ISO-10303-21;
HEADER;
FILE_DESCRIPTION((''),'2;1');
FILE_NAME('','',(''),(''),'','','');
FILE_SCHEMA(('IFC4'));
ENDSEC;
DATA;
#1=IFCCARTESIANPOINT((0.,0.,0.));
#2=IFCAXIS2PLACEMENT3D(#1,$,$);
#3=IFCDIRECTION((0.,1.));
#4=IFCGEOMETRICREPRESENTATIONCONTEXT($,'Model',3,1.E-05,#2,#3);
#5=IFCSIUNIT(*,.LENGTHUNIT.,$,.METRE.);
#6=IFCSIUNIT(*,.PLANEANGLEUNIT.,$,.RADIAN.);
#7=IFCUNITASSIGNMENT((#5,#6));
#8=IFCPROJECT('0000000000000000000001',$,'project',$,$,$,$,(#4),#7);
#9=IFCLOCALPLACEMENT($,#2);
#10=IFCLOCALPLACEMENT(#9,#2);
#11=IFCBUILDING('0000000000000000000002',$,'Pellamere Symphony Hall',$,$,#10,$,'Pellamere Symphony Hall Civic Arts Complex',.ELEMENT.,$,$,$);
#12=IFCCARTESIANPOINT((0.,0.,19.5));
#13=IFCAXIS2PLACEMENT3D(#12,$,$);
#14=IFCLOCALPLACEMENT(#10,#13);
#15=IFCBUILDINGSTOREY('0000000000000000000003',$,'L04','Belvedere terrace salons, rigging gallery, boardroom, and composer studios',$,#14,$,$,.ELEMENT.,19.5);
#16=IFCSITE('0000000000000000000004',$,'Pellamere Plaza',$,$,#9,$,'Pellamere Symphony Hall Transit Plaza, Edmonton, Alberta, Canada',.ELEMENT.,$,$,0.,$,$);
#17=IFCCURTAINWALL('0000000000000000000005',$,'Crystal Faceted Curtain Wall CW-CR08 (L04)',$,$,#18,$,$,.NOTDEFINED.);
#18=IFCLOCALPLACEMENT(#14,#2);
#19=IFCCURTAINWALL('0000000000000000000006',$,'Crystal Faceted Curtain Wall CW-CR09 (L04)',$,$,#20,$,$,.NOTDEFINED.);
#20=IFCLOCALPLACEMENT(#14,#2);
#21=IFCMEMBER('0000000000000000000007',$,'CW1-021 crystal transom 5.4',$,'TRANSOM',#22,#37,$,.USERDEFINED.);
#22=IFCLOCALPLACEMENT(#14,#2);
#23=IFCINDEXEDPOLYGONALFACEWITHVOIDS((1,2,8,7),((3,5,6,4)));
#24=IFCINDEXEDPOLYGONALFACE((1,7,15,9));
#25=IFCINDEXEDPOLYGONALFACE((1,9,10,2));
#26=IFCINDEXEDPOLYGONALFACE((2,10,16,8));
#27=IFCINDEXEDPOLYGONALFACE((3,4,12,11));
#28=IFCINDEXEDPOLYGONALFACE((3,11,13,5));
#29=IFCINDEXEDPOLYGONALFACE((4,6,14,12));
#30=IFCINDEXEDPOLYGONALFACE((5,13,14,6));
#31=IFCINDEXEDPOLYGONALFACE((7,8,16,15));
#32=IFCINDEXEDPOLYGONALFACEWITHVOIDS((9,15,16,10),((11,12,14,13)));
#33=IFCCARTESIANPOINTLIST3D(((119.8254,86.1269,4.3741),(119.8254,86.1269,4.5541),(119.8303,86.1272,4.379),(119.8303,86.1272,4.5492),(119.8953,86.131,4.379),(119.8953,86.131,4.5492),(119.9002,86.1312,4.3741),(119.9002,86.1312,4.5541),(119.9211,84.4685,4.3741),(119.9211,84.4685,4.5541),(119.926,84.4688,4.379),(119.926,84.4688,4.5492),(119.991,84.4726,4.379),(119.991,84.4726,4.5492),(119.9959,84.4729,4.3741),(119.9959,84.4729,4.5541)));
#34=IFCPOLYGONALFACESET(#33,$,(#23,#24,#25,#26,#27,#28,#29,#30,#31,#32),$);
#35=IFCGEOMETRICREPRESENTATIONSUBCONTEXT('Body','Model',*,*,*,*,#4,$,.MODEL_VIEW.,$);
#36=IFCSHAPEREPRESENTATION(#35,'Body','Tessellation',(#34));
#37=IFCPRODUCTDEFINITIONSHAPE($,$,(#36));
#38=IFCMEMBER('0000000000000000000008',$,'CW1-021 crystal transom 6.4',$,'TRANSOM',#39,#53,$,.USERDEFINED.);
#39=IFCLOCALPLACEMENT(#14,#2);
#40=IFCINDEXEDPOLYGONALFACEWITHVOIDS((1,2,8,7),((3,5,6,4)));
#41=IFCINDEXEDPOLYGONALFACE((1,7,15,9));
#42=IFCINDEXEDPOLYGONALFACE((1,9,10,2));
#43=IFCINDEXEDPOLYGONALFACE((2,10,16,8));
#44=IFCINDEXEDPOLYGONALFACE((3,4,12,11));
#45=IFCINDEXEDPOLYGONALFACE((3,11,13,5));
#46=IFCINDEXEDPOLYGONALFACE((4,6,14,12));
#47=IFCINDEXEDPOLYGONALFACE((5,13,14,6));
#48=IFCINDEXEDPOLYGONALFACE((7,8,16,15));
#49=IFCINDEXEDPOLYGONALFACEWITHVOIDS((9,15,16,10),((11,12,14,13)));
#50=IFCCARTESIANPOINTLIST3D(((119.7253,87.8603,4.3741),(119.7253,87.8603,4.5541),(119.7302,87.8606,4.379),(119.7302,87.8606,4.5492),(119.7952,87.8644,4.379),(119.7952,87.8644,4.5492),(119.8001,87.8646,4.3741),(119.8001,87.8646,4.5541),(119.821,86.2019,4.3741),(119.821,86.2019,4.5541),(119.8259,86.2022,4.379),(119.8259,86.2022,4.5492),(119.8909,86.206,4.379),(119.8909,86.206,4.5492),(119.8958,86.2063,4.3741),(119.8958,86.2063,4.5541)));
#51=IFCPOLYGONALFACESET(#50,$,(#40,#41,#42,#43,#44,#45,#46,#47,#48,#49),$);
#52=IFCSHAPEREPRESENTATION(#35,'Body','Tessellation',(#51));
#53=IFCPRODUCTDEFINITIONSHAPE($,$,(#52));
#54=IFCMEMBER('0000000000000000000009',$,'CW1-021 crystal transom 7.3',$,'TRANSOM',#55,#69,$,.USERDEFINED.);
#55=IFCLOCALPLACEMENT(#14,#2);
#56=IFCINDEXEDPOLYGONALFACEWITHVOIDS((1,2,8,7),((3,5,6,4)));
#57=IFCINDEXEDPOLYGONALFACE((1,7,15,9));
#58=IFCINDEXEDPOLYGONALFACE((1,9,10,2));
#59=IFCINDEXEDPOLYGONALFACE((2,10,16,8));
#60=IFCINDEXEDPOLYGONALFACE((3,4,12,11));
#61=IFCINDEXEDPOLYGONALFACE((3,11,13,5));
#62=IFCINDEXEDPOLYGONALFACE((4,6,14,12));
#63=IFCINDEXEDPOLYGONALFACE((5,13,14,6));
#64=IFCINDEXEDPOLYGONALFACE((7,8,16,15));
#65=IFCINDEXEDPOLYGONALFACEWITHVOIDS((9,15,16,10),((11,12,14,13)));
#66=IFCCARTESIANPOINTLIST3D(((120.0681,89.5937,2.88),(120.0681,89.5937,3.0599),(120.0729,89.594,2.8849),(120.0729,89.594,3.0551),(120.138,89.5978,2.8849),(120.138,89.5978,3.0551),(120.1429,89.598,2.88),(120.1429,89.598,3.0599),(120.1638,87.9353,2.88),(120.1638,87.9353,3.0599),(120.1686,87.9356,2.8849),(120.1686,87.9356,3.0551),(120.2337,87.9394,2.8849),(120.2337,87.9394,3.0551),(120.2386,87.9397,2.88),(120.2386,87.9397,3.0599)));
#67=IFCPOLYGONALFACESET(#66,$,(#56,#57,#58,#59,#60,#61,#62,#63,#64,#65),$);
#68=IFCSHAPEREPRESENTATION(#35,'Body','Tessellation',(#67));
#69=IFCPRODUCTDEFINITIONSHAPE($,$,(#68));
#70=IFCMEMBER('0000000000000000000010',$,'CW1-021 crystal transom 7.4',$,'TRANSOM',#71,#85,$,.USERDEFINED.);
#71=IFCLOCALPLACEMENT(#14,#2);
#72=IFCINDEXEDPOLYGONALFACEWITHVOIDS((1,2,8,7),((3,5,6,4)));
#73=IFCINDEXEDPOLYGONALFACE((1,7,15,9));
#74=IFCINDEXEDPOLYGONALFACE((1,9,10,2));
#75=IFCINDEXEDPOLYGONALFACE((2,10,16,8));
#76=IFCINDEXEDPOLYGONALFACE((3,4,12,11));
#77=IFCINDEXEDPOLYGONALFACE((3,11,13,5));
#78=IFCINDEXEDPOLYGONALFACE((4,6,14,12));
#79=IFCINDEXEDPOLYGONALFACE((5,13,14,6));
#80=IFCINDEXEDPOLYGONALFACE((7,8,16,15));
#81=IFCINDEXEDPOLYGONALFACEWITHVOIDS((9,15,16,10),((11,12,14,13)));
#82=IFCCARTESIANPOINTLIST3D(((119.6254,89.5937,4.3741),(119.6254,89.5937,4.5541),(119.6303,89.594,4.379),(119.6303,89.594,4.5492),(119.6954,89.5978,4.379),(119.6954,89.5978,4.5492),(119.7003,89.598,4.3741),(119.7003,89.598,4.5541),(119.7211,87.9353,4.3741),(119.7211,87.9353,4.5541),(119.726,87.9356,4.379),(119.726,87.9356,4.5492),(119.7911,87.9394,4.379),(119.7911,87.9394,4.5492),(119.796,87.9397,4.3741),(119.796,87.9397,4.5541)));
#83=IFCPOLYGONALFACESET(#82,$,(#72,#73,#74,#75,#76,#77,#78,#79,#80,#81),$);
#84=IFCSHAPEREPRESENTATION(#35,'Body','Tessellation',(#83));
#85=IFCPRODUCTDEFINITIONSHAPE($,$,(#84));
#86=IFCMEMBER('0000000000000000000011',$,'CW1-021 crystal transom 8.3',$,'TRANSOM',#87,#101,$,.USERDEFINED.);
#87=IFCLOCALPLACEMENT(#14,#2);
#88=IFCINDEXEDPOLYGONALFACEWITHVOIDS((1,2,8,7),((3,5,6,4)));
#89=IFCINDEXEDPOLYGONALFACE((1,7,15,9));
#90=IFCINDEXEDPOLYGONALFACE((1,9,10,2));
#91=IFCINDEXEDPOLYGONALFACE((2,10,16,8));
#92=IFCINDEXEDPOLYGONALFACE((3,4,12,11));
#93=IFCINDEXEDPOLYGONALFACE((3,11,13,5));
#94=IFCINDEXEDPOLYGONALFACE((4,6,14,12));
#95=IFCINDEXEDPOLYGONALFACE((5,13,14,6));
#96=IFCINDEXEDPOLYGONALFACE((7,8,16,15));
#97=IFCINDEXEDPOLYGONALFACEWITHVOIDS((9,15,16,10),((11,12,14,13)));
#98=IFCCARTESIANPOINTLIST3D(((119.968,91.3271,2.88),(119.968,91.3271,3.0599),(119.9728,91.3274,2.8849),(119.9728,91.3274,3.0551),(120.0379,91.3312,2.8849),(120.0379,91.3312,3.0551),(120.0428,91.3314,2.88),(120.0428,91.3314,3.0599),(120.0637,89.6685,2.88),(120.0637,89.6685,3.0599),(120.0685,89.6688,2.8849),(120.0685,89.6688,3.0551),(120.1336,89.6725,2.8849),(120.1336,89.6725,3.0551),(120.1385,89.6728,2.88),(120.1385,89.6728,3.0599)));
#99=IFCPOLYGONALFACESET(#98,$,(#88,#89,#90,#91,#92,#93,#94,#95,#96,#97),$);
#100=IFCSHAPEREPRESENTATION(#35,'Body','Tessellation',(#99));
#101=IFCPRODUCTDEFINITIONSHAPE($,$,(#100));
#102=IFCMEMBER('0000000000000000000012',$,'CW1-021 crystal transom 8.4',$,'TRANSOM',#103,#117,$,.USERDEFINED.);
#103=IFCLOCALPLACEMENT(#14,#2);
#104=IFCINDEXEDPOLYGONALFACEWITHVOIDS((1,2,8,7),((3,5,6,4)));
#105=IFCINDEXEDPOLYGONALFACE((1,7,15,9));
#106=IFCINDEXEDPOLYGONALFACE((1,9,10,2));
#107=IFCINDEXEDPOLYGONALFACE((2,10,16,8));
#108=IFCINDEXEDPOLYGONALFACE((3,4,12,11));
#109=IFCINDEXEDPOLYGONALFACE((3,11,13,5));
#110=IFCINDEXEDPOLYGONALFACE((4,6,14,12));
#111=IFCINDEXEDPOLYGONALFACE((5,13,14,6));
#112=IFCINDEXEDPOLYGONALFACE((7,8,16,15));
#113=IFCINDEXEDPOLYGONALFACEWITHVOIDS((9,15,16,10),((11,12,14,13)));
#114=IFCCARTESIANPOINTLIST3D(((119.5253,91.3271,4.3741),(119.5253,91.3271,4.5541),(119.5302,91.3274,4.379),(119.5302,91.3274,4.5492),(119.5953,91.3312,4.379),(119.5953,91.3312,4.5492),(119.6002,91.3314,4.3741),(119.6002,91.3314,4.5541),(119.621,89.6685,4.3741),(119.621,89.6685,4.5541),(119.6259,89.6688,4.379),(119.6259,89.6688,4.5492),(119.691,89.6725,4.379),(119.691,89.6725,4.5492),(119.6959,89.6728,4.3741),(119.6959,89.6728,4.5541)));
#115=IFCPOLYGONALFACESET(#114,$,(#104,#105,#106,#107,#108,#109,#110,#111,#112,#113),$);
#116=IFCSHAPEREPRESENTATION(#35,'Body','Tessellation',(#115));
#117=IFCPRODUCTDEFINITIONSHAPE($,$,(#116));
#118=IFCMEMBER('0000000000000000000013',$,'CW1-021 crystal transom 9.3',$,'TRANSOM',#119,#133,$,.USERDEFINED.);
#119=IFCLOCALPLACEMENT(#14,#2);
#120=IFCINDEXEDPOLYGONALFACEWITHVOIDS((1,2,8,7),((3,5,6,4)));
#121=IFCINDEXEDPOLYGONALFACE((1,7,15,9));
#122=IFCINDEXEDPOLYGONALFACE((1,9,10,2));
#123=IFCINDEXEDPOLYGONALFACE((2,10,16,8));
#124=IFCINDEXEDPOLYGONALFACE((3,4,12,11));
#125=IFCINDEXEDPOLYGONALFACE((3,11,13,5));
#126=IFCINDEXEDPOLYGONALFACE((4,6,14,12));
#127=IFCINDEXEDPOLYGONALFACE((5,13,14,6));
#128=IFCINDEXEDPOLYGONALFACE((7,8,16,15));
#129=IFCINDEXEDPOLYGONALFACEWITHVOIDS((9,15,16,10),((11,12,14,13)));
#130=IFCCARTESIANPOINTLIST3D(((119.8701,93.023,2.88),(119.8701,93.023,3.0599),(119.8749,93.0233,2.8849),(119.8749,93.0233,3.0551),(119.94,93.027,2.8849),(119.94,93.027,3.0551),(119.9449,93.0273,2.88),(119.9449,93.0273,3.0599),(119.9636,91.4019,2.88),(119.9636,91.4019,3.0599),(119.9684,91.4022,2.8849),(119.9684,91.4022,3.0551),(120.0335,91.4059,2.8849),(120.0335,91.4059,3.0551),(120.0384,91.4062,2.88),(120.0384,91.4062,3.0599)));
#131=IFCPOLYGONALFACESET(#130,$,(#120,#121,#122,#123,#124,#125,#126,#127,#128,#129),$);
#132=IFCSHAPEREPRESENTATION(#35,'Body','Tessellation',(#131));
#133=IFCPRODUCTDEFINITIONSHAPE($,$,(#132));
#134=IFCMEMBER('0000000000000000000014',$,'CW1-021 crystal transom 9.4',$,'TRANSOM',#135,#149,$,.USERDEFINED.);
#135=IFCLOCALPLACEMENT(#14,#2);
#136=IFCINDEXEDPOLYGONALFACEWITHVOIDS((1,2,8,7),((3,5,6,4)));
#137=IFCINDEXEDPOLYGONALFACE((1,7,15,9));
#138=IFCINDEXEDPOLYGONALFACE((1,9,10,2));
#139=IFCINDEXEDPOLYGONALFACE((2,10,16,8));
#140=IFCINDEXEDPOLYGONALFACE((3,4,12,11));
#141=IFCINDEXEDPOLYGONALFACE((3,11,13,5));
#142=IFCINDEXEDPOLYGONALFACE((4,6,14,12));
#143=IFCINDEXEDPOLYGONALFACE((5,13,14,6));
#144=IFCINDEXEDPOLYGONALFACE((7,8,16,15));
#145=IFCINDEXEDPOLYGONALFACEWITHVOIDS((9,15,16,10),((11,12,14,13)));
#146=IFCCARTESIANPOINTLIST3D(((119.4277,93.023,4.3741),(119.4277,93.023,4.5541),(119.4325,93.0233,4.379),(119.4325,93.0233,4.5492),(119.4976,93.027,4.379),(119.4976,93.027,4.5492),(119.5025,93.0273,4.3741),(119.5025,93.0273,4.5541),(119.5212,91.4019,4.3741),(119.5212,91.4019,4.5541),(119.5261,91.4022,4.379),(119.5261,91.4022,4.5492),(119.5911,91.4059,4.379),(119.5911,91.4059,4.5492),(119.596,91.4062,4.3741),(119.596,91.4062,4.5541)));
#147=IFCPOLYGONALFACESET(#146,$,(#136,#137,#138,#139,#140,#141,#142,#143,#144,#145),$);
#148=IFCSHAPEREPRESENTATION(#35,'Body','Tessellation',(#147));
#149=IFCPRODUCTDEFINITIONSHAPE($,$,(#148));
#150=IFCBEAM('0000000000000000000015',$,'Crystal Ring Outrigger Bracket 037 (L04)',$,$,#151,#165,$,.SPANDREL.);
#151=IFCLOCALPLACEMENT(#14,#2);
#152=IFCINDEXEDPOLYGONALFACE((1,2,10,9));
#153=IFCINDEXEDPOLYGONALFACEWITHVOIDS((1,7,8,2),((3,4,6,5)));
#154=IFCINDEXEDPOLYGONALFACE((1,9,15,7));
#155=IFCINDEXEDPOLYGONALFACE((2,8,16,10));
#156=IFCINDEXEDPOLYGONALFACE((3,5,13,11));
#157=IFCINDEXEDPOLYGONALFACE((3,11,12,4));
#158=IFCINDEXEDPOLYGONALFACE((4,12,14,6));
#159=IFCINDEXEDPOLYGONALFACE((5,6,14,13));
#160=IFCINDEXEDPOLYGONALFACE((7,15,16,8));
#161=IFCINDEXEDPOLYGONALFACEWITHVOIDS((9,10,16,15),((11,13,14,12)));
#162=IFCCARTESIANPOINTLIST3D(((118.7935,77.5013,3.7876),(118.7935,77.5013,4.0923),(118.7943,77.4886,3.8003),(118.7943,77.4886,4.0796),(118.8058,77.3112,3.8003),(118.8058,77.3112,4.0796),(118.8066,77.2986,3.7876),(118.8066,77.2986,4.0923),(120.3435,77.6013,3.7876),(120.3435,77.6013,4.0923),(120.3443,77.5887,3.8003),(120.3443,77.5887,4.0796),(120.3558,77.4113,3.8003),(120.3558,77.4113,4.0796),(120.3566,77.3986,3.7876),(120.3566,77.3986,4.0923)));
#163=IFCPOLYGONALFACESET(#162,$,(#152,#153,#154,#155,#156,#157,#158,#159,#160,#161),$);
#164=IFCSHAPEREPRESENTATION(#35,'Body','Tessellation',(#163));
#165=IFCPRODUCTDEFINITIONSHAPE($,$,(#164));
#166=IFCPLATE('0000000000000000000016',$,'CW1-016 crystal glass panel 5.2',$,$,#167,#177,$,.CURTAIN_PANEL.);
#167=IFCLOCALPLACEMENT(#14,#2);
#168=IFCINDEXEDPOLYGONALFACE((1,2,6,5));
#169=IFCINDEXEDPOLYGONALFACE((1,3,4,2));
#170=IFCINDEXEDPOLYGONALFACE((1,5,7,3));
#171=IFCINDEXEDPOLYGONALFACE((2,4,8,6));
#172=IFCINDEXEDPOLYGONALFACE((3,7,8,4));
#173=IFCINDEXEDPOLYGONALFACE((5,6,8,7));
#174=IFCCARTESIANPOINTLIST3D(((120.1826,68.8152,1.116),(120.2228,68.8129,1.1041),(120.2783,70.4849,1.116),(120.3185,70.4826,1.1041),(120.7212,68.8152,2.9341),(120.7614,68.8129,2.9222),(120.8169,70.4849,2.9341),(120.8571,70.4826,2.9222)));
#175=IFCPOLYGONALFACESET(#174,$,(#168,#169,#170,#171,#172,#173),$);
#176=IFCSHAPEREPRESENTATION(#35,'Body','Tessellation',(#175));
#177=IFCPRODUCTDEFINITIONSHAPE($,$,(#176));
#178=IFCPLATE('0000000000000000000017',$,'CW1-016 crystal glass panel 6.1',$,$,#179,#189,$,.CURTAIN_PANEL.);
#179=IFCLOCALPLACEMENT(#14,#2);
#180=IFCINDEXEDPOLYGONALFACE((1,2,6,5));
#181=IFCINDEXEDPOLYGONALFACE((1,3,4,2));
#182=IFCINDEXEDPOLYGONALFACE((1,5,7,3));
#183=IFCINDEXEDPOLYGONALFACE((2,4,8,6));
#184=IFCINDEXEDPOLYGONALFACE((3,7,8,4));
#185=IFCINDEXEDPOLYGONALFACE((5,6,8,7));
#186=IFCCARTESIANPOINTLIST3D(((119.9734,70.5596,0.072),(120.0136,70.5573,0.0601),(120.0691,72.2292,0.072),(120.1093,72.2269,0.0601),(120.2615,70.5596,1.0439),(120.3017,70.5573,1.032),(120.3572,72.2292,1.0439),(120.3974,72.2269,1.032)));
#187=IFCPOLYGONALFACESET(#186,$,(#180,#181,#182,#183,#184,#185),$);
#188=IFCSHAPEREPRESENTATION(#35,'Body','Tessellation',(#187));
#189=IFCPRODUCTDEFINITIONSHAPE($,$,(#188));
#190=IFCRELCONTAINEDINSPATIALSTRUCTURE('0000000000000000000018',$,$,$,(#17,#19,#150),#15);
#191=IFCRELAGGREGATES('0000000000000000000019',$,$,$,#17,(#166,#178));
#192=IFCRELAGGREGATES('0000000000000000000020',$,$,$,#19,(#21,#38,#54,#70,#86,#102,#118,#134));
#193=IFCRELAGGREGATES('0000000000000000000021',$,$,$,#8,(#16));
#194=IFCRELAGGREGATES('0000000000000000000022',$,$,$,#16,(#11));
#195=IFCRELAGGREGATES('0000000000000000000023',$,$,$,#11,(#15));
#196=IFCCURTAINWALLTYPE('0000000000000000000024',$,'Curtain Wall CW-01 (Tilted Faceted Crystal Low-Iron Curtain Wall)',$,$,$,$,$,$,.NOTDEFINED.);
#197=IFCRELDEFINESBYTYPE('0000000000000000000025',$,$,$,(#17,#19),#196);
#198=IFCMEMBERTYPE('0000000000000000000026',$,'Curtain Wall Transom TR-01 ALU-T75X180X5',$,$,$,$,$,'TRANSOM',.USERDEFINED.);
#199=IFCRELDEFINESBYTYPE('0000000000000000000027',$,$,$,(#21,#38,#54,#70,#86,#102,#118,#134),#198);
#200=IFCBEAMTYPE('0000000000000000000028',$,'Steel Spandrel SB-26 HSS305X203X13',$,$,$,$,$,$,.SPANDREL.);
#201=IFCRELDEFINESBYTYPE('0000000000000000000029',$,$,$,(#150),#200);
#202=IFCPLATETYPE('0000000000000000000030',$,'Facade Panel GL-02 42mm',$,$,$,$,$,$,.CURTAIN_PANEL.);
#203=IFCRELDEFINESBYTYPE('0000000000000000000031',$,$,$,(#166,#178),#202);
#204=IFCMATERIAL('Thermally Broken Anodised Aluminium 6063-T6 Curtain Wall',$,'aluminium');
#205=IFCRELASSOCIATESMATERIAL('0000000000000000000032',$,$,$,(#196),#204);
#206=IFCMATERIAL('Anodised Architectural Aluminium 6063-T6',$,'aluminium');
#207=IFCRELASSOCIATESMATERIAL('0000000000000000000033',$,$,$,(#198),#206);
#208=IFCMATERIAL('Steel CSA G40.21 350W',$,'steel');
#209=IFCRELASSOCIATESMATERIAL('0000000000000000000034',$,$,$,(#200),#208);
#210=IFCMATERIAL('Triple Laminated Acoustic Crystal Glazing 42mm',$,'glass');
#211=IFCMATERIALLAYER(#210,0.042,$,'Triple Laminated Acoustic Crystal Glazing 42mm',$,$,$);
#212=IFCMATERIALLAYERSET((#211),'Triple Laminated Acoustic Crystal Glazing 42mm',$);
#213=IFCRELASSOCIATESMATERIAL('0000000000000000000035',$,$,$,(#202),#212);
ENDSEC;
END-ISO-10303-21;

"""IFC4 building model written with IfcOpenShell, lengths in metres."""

from ifc_helpers import new_model, si_unit, direction, frame, origin, origin_2d, place, context, subcontext, project, spatial, polyline, hollow_rectangle, outline, extrude, material, layer, layer_set, material_profile, profile_set, type_object, element, aggregate, save


model = new_model("IFC4")

# Units and contexts
model_context = context("Model", 3, precision=1e-05, world=origin(), true_north=direction((0.0, 1.0)))
body_context = subcontext(model_context, "Body", "Model", "MODEL_VIEW")
ifc_project = project(units=[si_unit("LENGTHUNIT", "METRE"), si_unit("PLANEANGLEUNIT", "RADIAN")], contexts=[model_context])

# Site, building, storey
site_placement = place(None, origin())
site = spatial("IfcSite", under=ifc_project, at=site_placement, Name="Pellamere Plaza", LongName="Pellamere Symphony Hall Transit Plaza, Edmonton, Alberta, Canada", CompositionType="ELEMENT", RefElevation=0.0)
building_placement = place(site_placement, origin())
building = spatial("IfcBuilding", under=site, at=building_placement, Name="Pellamere Symphony Hall", LongName="Pellamere Symphony Hall Civic Arts Complex", CompositionType="ELEMENT")
storey_placement = place(building_placement, frame((0.0, 0.0, 19.5)))
storey = spatial("IfcBuildingStorey", under=building, at=storey_placement, Name="L04", Description="Belvedere terrace salons, rigging gallery, boardroom, and composer studios", CompositionType="ELEMENT", Elevation=19.5)

# Curtain walls, members
ifc_material_1 = material(Name="Thermally Broken Anodised Aluminium 6063-T6 Curtain Wall", Category="aluminium")
curtain_wall_type = type_object("IfcCurtainWallType", Name="Curtain Wall CW-01 (Tilted Faceted Crystal Low-Iron Curtain Wall)", PredefinedType="NOTDEFINED", material=ifc_material_1)
curtain_wall_1_placement = place(storey_placement, origin())
curtain_wall_1 = element("IfcCurtainWall", 1, at=curtain_wall_1_placement, inside=storey, type_object=curtain_wall_type, Name="Crystal Faceted Curtain Wall CW-CR08 (L04)", PredefinedType="NOTDEFINED")
ifc_material_2 = material(Name="Anodised Architectural Aluminium 6063-T6", Category="aluminium")
ifc_material_profile_1 = material_profile(ifc_material_2, hollow_rectangle(XDim=0.075, YDim=0.1799, WallThickness=0.0049, at=origin_2d()), Name="ALU-T75X180X5")
ifc_profile_set_1 = profile_set([ifc_material_profile_1], Name="Anodised Architectural Aluminium 6063-T6")
member_type_1 = type_object("IfcMemberType", Name="Curtain Wall Transom TR-01 ALU-T75X180X5", ElementType="TRANSOM", PredefinedType="USERDEFINED", material=ifc_profile_set_1)
curtain_wall_2_placement = place(storey_placement, origin())
curtain_wall_2 = element("IfcCurtainWall", 2, at=curtain_wall_2_placement, inside=storey, type_object=curtain_wall_type, Name="Crystal Faceted Curtain Wall CW-CR09 (L04)", PredefinedType="NOTDEFINED")
member_1_placement = place(storey_placement, frame((119.9585, 84.4707, 4.4641), z_axis=(-0.057611, 0.998339, 0.0), x_axis=(-0.998339, -0.057611, 0.0)))
member_1 = element("IfcMember", 3, at=member_1_placement, type_object=member_type_1, Name="CW1-021 crystal transom 5.4", ObjectType="TRANSOM", PredefinedType="USERDEFINED", context=body_context, shape_type="SweptSolid", body=[
    extrude(hollow_rectangle(XDim=0.075, YDim=0.1799, WallThickness=0.0049, at=origin_2d()), origin(), (0.0, 0.0, 1.0), 1.6611),
])
member_2_placement = place(storey_placement, frame((119.8584, 86.2041, 4.4641), z_axis=(-0.057611, 0.998339, 0.0), x_axis=(-0.998339, -0.057611, 0.0)))
member_2 = element("IfcMember", 4, at=member_2_placement, type_object=member_type_1, Name="CW1-021 crystal transom 6.4", ObjectType="TRANSOM", PredefinedType="USERDEFINED", context=body_context, shape_type="SweptSolid", body=[
    extrude(hollow_rectangle(XDim=0.075, YDim=0.1799, WallThickness=0.0049, at=origin_2d()), origin(), (0.0, 0.0, 1.0), 1.6611),
])
member_3_placement = place(storey_placement, frame((120.2012, 87.9375, 2.97), z_axis=(-0.057611, 0.998339, 0.0), x_axis=(-0.998339, -0.057611, 0.0)))
member_3 = element("IfcMember", 5, at=member_3_placement, type_object=member_type_1, Name="CW1-021 crystal transom 7.3", ObjectType="TRANSOM", PredefinedType="USERDEFINED", context=body_context, shape_type="SweptSolid", body=[
    extrude(hollow_rectangle(XDim=0.075, YDim=0.1799, WallThickness=0.0049, at=origin_2d()), origin(), (0.0, 0.0, 1.0), 1.6611),
])
member_4_placement = place(storey_placement, frame((119.7585, 87.9375, 4.4641), z_axis=(-0.057611, 0.998339, 0.0), x_axis=(-0.998339, -0.057611, 0.0)))
member_4 = element("IfcMember", 6, at=member_4_placement, type_object=member_type_1, Name="CW1-021 crystal transom 7.4", ObjectType="TRANSOM", PredefinedType="USERDEFINED", context=body_context, shape_type="SweptSolid", body=[
    extrude(hollow_rectangle(XDim=0.075, YDim=0.1799, WallThickness=0.0049, at=origin_2d()), origin(), (0.0, 0.0, 1.0), 1.6611),
])
member_5_placement = place(storey_placement, frame((120.1011, 89.6707, 2.97), z_axis=(-0.057602, 0.99834, 0.0), x_axis=(-0.99834, -0.057602, 0.0)))
member_5 = element("IfcMember", 7, at=member_5_placement, type_object=member_type_1, Name="CW1-021 crystal transom 8.3", ObjectType="TRANSOM", PredefinedType="USERDEFINED", context=body_context, shape_type="SweptSolid", body=[
    extrude(hollow_rectangle(XDim=0.075, YDim=0.1799, WallThickness=0.0049, at=origin_2d()), origin(), (0.0, 0.0, 1.0), 1.6614),
])
member_6_placement = place(storey_placement, frame((119.6584, 89.6707, 4.4641), z_axis=(-0.057602, 0.99834, 0.0), x_axis=(-0.99834, -0.057602, 0.0)))
member_6 = element("IfcMember", 8, at=member_6_placement, type_object=member_type_1, Name="CW1-021 crystal transom 8.4", ObjectType="TRANSOM", PredefinedType="USERDEFINED", context=body_context, shape_type="SweptSolid", body=[
    extrude(hollow_rectangle(XDim=0.075, YDim=0.1799, WallThickness=0.0049, at=origin_2d()), origin(), (0.0, 0.0, 1.0), 1.6614),
])
member_7_placement = place(storey_placement, frame((120.001, 91.4041, 2.97), z_axis=(-0.057585, 0.998341, 0.0), x_axis=(-0.998341, -0.057585, 0.0)))
member_7 = element("IfcMember", 9, at=member_7_placement, type_object=member_type_1, Name="CW1-021 crystal transom 9.3", ObjectType="TRANSOM", PredefinedType="USERDEFINED", context=body_context, shape_type="SweptSolid", body=[
    extrude(hollow_rectangle(XDim=0.075, YDim=0.1799, WallThickness=0.0049, at=origin_2d()), origin(), (0.0, 0.0, 1.0), 1.6238),
])
member_8_placement = place(storey_placement, frame((119.5586, 91.4041, 4.4641), z_axis=(-0.057585, 0.998341, 0.0), x_axis=(-0.998341, -0.057585, 0.0)))
member_8 = element("IfcMember", 10, at=member_8_placement, type_object=member_type_1, Name="CW1-021 crystal transom 9.4", ObjectType="TRANSOM", PredefinedType="USERDEFINED", context=body_context, shape_type="SweptSolid", body=[
    extrude(hollow_rectangle(XDim=0.075, YDim=0.1799, WallThickness=0.0049, at=origin_2d()), origin(), (0.0, 0.0, 1.0), 1.6238),
])

# Beam
ifc_material_3 = material(Name="Steel CSA G40.21 350W", Category="steel")
ifc_material_profile_2 = material_profile(ifc_material_3, hollow_rectangle(XDim=0.2031, YDim=0.3047, WallThickness=0.0127, at=origin_2d()), Name="HSS305X203X13")
ifc_profile_set_2 = profile_set([ifc_material_profile_2], Name="Steel CSA G40.21 350W")
beam_type = type_object("IfcBeamType", Name="Steel Spandrel SB-26 HSS305X203X13", PredefinedType="SPANDREL", material=ifc_profile_set_2)
beam_placement = place(storey_placement, frame((118.8, 77.3999, 3.9399), z_axis=(0.997921, 0.064443, 0.0), x_axis=(-0.064443, 0.997921, 0.0)))
element("IfcBeam", 11, at=beam_placement, inside=storey, type_object=beam_type, Name="Crystal Ring Outrigger Bracket 037 (L04)", PredefinedType="SPANDREL", context=body_context, shape_type="SweptSolid", body=[
    extrude(hollow_rectangle(XDim=0.2031, YDim=0.3047, WallThickness=0.0127, at=origin_2d()), origin(), (0.0, 0.0, 1.0), 1.5532),
])

# Plates
ifc_material_4 = material(Name="Triple Laminated Acoustic Crystal Glazing 42mm", Category="glass")
ifc_layer_1 = layer(ifc_material_4, 0.042, Name="Triple Laminated Acoustic Crystal Glazing 42mm")
ifc_layer_set_1 = layer_set([ifc_layer_1], Name="Triple Laminated Acoustic Crystal Glazing 42mm")
plate_type_1 = type_object("IfcPlateType", Name="Facade Panel GL-02 42mm", PredefinedType="CURTAIN_PANEL", material=ifc_layer_set_1)
plate_1_placement = place(storey_placement, frame((120.1826, 68.8152, 1.116), z_axis=(-0.957372, 0.054875, 0.283599), x_axis=(0.057224, 0.998361, 0.0)))
plate_1 = element("IfcPlate", 12, at=plate_1_placement, type_object=plate_type_1, Name="CW1-016 crystal glass panel 5.2", PredefinedType="CURTAIN_PANEL", context=body_context, shape_type="SweptSolid", body=[
    extrude(outline(polyline([(0.0, 0.0), (1.6724, 0.0), (1.7032, -1.896), (0.0308, -1.896), (0.0, 0.0)])), origin(), (0.0, 0.0, -1.0), 0.042),
])
plate_2_placement = place(storey_placement, frame((119.9734, 70.5596, 0.072), z_axis=(-0.957324, 0.054872, 0.283759), x_axis=(0.057224, 0.998361, 0.0)))
plate_2 = element("IfcPlate", 13, at=plate_2_placement, type_object=plate_type_1, Name="CW1-016 crystal glass panel 6.1", PredefinedType="CURTAIN_PANEL", context=body_context, shape_type="SweptSolid", body=[
    extrude(outline(polyline([(0.0, 0.0), (1.6724, 0.0), (1.6889, -1.0136), (0.0165, -1.0136), (0.0, 0.0)])), origin(), (0.0, 0.0, -1.0), 0.042),
])
aggregate(curtain_wall_1, [plate_1, plate_2])
aggregate(curtain_wall_2, [member_1, member_2, member_3, member_4, member_5, member_6, member_7, member_8])

save(model, "model.ifc")
